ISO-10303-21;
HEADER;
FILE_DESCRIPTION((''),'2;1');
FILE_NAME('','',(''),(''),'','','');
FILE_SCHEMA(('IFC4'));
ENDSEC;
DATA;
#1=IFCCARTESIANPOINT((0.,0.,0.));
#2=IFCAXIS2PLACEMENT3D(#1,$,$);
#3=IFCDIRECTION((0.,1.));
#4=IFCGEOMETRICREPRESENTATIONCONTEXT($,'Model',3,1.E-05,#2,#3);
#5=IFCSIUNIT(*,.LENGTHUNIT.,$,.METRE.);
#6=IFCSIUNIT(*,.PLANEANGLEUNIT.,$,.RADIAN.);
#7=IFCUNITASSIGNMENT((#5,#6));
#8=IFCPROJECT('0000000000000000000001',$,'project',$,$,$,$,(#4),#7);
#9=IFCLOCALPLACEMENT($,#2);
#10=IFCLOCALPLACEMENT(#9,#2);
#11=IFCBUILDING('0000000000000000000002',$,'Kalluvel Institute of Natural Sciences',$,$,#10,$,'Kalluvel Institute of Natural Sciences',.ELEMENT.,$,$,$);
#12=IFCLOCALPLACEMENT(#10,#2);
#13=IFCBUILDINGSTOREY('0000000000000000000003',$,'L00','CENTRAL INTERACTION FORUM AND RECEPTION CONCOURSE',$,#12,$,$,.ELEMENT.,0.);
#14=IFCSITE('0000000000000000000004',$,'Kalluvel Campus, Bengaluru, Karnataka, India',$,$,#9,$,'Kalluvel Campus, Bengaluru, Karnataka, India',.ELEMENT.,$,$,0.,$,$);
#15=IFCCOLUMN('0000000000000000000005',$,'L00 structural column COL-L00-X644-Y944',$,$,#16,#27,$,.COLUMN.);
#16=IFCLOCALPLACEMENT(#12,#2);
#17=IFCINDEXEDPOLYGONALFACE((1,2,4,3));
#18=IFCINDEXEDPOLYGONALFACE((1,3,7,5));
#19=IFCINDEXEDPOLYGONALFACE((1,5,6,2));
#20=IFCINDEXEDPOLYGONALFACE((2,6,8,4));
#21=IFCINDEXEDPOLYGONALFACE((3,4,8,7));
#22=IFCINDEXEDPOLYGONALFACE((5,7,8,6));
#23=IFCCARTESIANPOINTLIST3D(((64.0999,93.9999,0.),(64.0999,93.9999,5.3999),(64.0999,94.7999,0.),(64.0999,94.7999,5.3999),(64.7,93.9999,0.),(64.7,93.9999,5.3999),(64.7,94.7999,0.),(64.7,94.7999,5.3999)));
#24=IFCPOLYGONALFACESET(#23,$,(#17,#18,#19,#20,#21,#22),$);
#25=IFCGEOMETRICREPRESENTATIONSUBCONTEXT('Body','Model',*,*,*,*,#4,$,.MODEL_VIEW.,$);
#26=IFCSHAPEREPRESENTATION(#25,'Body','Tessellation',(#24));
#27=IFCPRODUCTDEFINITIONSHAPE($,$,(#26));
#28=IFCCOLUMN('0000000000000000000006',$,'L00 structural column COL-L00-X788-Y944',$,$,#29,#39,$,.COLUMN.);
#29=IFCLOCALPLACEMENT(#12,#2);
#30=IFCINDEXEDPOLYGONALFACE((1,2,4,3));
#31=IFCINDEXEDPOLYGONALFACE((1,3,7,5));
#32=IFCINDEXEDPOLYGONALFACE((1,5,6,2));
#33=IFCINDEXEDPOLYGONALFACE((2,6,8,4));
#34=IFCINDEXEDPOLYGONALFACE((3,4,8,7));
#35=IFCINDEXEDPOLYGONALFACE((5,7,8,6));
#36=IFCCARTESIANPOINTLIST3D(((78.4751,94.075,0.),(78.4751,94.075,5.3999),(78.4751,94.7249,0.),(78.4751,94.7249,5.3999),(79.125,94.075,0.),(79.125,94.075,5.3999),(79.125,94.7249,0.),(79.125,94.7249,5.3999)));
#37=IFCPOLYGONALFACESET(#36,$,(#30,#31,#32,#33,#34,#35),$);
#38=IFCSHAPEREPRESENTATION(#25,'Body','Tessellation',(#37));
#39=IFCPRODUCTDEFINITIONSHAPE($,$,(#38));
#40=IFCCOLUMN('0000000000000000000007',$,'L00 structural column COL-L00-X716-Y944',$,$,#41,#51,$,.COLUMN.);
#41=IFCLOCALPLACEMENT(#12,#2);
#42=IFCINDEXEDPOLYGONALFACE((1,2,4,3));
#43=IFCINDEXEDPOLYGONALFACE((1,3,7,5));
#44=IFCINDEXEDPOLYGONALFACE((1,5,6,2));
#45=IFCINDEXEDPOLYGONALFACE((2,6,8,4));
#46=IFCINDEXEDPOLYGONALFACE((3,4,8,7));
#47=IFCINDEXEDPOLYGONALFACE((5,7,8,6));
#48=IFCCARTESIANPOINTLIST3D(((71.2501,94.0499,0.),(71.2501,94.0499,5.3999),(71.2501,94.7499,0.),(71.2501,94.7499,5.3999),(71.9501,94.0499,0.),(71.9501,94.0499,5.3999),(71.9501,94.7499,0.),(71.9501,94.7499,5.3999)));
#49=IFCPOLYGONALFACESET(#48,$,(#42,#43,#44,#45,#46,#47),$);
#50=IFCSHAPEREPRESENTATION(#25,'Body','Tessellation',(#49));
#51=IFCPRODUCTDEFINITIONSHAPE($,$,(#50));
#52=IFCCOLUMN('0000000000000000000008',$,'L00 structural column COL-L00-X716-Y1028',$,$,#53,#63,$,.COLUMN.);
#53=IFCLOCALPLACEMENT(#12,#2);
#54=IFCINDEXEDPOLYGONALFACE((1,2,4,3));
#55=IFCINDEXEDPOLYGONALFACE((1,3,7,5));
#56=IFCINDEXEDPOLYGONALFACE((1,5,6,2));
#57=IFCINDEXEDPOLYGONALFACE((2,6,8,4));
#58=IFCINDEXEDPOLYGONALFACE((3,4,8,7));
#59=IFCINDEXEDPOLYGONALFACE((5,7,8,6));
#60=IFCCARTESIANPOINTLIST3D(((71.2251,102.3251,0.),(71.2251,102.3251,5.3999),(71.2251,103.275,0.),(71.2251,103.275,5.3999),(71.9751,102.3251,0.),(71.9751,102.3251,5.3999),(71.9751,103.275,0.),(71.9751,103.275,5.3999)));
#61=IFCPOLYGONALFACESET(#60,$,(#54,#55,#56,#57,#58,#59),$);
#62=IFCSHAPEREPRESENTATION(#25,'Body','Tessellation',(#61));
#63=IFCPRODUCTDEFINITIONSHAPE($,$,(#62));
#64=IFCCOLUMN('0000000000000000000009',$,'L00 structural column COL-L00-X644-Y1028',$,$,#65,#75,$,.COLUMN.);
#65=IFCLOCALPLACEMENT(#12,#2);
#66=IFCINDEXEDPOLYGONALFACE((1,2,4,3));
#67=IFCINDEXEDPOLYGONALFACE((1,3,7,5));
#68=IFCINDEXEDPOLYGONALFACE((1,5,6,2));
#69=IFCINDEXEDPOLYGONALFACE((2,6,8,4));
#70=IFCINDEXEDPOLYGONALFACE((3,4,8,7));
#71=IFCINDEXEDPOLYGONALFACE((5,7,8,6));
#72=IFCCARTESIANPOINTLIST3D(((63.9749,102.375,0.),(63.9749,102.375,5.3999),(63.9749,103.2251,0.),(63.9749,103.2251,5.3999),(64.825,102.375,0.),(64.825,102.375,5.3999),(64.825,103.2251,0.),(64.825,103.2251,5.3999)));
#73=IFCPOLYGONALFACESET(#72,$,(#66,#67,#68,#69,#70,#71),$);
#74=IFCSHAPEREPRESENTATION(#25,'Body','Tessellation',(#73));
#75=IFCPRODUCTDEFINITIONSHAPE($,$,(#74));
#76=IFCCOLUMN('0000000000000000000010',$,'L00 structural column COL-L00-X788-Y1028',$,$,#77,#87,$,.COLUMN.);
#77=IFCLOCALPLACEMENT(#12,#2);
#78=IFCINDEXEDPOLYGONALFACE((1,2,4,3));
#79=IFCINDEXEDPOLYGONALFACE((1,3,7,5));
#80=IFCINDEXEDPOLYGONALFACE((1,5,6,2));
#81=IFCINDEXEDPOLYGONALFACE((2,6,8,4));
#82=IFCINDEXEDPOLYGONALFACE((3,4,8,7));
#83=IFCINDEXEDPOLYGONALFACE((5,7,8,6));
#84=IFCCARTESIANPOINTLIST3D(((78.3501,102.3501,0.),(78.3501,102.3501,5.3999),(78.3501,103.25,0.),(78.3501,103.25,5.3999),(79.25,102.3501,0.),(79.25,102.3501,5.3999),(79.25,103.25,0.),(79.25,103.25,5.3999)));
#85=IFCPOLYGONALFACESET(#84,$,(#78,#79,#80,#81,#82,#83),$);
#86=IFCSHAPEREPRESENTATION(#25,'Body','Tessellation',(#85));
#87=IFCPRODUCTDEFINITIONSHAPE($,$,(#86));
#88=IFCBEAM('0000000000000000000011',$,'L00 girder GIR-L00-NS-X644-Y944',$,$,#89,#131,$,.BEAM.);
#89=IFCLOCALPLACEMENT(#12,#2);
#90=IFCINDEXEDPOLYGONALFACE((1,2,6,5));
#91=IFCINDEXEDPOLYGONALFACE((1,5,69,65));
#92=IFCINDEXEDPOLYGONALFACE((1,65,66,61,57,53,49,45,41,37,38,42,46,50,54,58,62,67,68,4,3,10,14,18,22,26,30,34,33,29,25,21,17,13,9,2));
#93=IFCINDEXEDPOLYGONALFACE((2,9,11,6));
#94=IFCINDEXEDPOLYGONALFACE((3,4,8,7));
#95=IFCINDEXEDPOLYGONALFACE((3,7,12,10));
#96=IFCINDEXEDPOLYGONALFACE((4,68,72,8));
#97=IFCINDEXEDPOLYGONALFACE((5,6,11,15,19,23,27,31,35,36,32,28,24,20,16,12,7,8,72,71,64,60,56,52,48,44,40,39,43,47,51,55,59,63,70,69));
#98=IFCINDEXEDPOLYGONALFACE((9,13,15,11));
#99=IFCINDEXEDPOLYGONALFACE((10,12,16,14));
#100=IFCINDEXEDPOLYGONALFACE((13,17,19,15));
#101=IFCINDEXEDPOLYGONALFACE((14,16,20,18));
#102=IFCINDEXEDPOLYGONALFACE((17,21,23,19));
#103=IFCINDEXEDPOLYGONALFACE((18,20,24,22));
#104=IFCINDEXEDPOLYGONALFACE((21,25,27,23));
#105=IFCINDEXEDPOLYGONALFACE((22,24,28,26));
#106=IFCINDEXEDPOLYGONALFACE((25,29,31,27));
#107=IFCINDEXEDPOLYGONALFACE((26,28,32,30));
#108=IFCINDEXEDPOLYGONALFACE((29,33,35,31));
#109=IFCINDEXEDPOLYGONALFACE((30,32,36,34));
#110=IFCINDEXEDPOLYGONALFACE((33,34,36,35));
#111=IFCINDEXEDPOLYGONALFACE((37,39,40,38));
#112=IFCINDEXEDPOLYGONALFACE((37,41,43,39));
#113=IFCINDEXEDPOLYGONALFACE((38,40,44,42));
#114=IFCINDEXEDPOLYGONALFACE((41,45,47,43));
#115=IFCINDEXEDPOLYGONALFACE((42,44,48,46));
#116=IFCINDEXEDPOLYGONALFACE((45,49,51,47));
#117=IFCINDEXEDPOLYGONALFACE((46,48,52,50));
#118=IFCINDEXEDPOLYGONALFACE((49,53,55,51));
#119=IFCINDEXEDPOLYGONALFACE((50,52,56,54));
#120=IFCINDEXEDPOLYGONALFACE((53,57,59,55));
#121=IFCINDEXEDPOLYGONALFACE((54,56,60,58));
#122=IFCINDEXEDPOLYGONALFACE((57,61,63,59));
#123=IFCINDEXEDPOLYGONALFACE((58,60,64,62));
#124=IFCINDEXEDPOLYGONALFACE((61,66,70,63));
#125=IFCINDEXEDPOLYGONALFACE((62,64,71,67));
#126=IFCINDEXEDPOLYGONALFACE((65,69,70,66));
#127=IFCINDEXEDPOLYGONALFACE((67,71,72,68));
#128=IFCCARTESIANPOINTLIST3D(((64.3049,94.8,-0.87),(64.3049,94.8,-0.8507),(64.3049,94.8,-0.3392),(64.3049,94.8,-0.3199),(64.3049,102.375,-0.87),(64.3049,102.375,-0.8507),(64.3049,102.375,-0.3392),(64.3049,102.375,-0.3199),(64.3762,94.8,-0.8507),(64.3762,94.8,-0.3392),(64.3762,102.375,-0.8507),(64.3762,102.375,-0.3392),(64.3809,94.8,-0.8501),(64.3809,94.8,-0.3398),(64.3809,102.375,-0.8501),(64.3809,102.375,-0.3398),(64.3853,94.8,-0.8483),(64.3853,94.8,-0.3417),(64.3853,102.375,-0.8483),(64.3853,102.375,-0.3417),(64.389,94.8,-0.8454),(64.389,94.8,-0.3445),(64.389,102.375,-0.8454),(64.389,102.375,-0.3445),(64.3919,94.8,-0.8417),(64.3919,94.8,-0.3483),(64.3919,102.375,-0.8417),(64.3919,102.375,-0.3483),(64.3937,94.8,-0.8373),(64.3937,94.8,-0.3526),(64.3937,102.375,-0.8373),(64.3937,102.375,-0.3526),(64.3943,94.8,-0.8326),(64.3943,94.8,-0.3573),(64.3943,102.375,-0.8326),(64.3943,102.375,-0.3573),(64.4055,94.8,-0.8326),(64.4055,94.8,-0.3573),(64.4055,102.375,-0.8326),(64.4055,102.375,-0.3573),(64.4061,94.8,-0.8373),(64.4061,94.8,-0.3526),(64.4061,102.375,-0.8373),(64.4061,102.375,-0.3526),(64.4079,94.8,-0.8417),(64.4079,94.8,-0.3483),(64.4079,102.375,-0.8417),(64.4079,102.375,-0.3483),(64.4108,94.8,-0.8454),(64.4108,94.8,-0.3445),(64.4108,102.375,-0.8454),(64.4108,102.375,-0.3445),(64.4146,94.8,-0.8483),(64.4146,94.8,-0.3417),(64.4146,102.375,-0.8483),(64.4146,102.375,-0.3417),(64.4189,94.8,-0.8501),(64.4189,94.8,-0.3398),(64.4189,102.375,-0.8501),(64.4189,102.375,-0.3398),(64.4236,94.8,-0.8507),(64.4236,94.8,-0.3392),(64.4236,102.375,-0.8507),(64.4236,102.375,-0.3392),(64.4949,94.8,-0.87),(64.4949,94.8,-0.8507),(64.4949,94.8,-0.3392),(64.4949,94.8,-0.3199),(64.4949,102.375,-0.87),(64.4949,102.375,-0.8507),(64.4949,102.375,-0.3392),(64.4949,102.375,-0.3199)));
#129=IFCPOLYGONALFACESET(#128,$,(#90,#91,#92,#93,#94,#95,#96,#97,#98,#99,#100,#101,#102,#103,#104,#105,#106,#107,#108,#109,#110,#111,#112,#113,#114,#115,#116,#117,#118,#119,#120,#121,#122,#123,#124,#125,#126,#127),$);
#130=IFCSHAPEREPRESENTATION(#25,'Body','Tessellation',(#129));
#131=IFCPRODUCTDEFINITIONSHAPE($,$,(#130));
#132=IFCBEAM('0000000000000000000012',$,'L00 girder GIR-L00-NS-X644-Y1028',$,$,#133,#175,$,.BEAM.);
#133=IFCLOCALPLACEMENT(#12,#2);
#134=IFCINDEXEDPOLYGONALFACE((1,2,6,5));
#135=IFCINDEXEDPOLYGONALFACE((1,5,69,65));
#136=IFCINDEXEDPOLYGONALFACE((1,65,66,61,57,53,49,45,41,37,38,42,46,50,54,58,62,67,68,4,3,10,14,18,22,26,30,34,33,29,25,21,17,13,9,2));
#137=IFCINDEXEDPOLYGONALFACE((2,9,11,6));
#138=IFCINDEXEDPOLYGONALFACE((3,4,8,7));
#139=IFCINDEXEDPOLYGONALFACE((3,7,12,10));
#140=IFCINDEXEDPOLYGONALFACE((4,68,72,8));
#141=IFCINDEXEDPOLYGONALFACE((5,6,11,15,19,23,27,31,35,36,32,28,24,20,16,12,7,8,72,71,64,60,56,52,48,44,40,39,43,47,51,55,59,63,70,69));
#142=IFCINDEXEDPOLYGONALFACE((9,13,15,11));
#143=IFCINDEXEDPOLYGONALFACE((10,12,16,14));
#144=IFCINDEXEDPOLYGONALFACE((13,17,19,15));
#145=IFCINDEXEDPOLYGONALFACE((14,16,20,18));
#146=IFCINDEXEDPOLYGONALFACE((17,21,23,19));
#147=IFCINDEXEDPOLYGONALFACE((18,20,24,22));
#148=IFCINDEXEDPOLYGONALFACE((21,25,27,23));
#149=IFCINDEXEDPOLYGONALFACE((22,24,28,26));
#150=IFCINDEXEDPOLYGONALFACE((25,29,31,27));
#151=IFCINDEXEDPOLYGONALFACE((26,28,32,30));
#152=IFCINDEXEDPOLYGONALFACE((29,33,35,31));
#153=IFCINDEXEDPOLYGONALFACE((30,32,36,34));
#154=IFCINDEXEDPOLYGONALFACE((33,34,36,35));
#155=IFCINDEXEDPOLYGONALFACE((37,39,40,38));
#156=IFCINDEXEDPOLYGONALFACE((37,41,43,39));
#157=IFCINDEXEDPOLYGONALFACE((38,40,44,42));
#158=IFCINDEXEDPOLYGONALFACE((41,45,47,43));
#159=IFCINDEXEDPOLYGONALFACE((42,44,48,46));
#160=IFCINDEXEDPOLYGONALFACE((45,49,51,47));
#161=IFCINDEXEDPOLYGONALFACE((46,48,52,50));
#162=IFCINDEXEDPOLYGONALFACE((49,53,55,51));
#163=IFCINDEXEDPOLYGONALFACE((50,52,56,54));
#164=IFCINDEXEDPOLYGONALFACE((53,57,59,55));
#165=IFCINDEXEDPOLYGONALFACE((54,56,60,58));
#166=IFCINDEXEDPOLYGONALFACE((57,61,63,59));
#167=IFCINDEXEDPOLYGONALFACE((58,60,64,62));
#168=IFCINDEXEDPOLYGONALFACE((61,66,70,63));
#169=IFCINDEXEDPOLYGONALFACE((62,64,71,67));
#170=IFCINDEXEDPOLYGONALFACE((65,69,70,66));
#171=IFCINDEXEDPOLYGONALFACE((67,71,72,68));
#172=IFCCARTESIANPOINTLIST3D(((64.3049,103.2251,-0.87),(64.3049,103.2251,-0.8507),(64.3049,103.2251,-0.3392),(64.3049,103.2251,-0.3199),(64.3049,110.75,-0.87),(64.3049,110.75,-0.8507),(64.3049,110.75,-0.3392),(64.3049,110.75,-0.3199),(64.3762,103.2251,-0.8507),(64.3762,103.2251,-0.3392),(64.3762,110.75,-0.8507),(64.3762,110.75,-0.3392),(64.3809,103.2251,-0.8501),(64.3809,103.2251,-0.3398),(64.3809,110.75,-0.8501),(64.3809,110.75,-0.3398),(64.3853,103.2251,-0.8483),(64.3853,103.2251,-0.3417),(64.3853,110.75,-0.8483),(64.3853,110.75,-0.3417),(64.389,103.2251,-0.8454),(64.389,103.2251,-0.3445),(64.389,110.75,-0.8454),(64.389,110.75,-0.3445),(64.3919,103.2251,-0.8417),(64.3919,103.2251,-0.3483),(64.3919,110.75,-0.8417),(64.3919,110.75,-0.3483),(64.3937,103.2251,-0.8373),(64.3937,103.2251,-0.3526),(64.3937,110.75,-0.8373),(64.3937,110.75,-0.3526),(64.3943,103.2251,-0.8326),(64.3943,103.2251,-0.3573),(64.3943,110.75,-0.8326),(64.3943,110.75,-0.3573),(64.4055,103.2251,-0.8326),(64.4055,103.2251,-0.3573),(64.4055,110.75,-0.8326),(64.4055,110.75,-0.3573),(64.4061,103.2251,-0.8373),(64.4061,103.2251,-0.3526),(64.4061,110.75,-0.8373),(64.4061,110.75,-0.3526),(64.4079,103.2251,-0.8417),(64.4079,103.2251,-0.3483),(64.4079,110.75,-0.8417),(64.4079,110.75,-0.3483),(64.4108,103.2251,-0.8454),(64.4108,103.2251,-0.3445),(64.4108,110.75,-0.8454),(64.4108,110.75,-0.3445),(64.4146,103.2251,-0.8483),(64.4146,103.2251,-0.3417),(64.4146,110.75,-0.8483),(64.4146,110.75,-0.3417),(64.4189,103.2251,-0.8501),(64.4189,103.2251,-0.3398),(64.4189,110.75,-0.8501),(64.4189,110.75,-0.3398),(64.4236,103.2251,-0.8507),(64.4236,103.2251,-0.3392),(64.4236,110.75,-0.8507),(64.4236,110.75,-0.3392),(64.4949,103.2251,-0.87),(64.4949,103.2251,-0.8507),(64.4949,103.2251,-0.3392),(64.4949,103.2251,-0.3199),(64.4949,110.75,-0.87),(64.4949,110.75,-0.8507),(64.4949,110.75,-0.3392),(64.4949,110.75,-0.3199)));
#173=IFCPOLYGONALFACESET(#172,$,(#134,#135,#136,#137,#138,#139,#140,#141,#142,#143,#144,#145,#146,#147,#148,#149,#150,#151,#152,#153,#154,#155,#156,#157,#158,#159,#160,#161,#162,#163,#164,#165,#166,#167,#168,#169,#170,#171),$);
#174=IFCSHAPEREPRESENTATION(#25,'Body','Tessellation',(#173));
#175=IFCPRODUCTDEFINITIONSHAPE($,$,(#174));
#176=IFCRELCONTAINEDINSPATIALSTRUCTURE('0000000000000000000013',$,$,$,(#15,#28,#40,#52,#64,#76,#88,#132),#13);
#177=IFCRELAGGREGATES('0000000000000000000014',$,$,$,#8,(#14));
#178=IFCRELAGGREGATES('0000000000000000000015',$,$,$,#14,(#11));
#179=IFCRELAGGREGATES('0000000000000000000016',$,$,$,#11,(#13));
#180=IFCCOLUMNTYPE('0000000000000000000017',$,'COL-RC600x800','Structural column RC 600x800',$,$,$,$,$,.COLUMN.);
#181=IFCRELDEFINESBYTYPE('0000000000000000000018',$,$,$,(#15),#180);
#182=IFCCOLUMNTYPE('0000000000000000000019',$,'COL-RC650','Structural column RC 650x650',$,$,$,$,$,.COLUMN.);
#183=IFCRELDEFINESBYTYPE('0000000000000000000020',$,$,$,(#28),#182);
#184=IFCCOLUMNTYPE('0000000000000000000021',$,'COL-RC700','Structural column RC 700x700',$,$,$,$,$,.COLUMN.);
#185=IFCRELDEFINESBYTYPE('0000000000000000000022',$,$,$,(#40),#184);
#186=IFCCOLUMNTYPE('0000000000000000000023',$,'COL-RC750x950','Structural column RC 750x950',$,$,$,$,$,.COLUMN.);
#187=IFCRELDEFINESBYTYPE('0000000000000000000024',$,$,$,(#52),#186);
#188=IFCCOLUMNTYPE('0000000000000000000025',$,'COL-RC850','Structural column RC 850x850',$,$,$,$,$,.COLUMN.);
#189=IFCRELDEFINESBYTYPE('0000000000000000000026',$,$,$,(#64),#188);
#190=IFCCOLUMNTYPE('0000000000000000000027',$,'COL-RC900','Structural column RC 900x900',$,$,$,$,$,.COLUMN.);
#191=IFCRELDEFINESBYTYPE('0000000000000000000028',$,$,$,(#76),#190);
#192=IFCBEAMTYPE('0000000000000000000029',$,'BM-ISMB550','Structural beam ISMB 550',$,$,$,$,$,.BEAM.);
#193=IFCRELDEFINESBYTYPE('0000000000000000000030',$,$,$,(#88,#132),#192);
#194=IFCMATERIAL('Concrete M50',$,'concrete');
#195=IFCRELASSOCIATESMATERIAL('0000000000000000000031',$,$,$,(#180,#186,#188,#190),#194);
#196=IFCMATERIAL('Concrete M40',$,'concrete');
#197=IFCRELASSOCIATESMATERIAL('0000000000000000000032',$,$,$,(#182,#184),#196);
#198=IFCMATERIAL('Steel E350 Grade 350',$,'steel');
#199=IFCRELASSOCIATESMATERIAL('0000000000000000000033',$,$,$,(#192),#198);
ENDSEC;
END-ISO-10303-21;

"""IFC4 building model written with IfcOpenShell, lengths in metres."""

from ifc_helpers import new_model, si_unit, direction, frame, origin, origin_2d, place, context, subcontext, project, spatial, rectangle, i_section, extrude, material, material_profile, profile_set, type_object, element, save


model = new_model("IFC4")

# Units and contexts
model_context = context("Model", 3, precision=1e-05, world=origin(), true_north=direction((0.0, 1.0)))
body_context = subcontext(model_context, "Body", "Model", "MODEL_VIEW")
ifc_project = project(units=[si_unit("LENGTHUNIT", "METRE"), si_unit("PLANEANGLEUNIT", "RADIAN")], contexts=[model_context])

# Site, building, storey
site_placement = place(None, origin())
site = spatial("IfcSite", under=ifc_project, at=site_placement, Name="Kalluvel Campus, Bengaluru, Karnataka, India", LongName="Kalluvel Campus, Bengaluru, Karnataka, India", CompositionType="ELEMENT", RefElevation=0.0)
building_placement = place(site_placement, origin())
building = spatial("IfcBuilding", under=site, at=building_placement, Name="Kalluvel Institute of Natural Sciences", LongName="Kalluvel Institute of Natural Sciences", CompositionType="ELEMENT")
storey_placement = place(building_placement, origin())
storey = spatial("IfcBuildingStorey", under=building, at=storey_placement, Name="L00", Description="CENTRAL INTERACTION FORUM AND RECEPTION CONCOURSE", CompositionType="ELEMENT", Elevation=0.0)

# Columns
ifc_material_1 = material(Name="Concrete M50", Category="concrete")
ifc_material_profile_1 = material_profile(ifc_material_1, rectangle(XDim=0.6001, YDim=0.8, at=origin_2d()), Name="RC 600x800")
ifc_profile_set_1 = profile_set([ifc_material_profile_1], Name="Concrete M50")
column_type_1 = type_object("IfcColumnType", Name="COL-RC600x800", Description="Structural column RC 600x800", PredefinedType="COLUMN", material=ifc_profile_set_1)
column_1_placement = place(storey_placement, frame((64.3999, 94.3999, 0.0), z_axis=(0.0, 0.0, 1.0), x_axis=(1.0, 0.0, 0.0)))
element("IfcColumn", 1, at=column_1_placement, inside=storey, type_object=column_type_1, Name="L00 structural column COL-L00-X644-Y944", PredefinedType="COLUMN", context=body_context, shape_type="SweptSolid", body=[
    extrude(rectangle(XDim=0.6001, YDim=0.8, at=origin_2d()), origin(), (0.0, 0.0, 1.0), 5.3999),
])
ifc_material_2 = material(Name="Concrete M40", Category="concrete")
ifc_material_profile_2 = material_profile(ifc_material_2, rectangle(XDim=0.6499, YDim=0.6499, at=origin_2d()), Name="RC 650x650")
ifc_profile_set_2 = profile_set([ifc_material_profile_2], Name="Concrete M40")
column_type_2 = type_object("IfcColumnType", Name="COL-RC650", Description="Structural column RC 650x650", PredefinedType="COLUMN", material=ifc_profile_set_2)
column_2_placement = place(storey_placement, frame((78.8, 94.3999, 0.0), z_axis=(0.0, 0.0, 1.0), x_axis=(1.0, 0.0, 0.0)))
element("IfcColumn", 2, at=column_2_placement, inside=storey, type_object=column_type_2, Name="L00 structural column COL-L00-X788-Y944", PredefinedType="COLUMN", context=body_context, shape_type="SweptSolid", body=[
    extrude(rectangle(XDim=0.6499, YDim=0.6499, at=origin_2d()), origin(), (0.0, 0.0, 1.0), 5.3999),
])
ifc_material_profile_3 = material_profile(ifc_material_2, rectangle(XDim=0.7, YDim=0.7, at=origin_2d()), Name="RC 700x700")
ifc_profile_set_3 = profile_set([ifc_material_profile_3], Name="Concrete M40")
column_type_3 = type_object("IfcColumnType", Name="COL-RC700", Description="Structural column RC 700x700", PredefinedType="COLUMN", material=ifc_profile_set_3)
column_3_placement = place(storey_placement, frame((71.6001, 94.3999, 0.0), z_axis=(0.0, 0.0, 1.0), x_axis=(1.0, 0.0, 0.0)))
element("IfcColumn", 3, at=column_3_placement, inside=storey, type_object=column_type_3, Name="L00 structural column COL-L00-X716-Y944", PredefinedType="COLUMN", context=body_context, shape_type="SweptSolid", body=[
    extrude(rectangle(XDim=0.7, YDim=0.7, at=origin_2d()), origin(), (0.0, 0.0, 1.0), 5.3999),
])
ifc_material_profile_4 = material_profile(ifc_material_1, rectangle(XDim=0.75, YDim=0.95, at=origin_2d()), Name="RC 750x950")
ifc_profile_set_4 = profile_set([ifc_material_profile_4], Name="Concrete M50")
column_type_4 = type_object("IfcColumnType", Name="COL-RC750x950", Description="Structural column RC 750x950", PredefinedType="COLUMN", material=ifc_profile_set_4)
column_4_placement = place(storey_placement, frame((71.6001, 102.8, 0.0), z_axis=(0.0, 0.0, 1.0), x_axis=(1.0, 0.0, 0.0)))
element("IfcColumn", 4, at=column_4_placement, inside=storey, type_object=column_type_4, Name="L00 structural column COL-L00-X716-Y1028", PredefinedType="COLUMN", context=body_context, shape_type="SweptSolid", body=[
    extrude(rectangle(XDim=0.75, YDim=0.95, at=origin_2d()), origin(), (0.0, 0.0, 1.0), 5.3999),
])
ifc_material_profile_5 = material_profile(ifc_material_1, rectangle(XDim=0.8501, YDim=0.8501, at=origin_2d()), Name="RC 850x850")
ifc_profile_set_5 = profile_set([ifc_material_profile_5], Name="Concrete M50")
column_type_5 = type_object("IfcColumnType", Name="COL-RC850", Description="Structural column RC 850x850", PredefinedType="COLUMN", material=ifc_profile_set_5)
column_5_placement = place(storey_placement, frame((64.3999, 102.8, 0.0), z_axis=(0.0, 0.0, 1.0), x_axis=(1.0, 0.0, 0.0)))
element("IfcColumn", 5, at=column_5_placement, inside=storey, type_object=column_type_5, Name="L00 structural column COL-L00-X644-Y1028", PredefinedType="COLUMN", context=body_context, shape_type="SweptSolid", body=[
    extrude(rectangle(XDim=0.8501, YDim=0.8501, at=origin_2d()), origin(), (0.0, 0.0, 1.0), 5.3999),
])
ifc_material_profile_6 = material_profile(ifc_material_1, rectangle(XDim=0.8999, YDim=0.8999, at=origin_2d()), Name="RC 900x900")
ifc_profile_set_6 = profile_set([ifc_material_profile_6], Name="Concrete M50")
column_type_6 = type_object("IfcColumnType", Name="COL-RC900", Description="Structural column RC 900x900", PredefinedType="COLUMN", material=ifc_profile_set_6)
column_6_placement = place(storey_placement, frame((78.8, 102.8, 0.0), z_axis=(0.0, 0.0, 1.0), x_axis=(1.0, 0.0, 0.0)))
element("IfcColumn", 6, at=column_6_placement, inside=storey, type_object=column_type_6, Name="L00 structural column COL-L00-X788-Y1028", PredefinedType="COLUMN", context=body_context, shape_type="SweptSolid", body=[
    extrude(rectangle(XDim=0.8999, YDim=0.8999, at=origin_2d()), origin(), (0.0, 0.0, 1.0), 5.3999),
])

# Beams
ifc_material_3 = material(Name="Steel E350 Grade 350", Category="steel")
ifc_material_profile_7 = material_profile(ifc_material_3, i_section(OverallWidth=0.1899, OverallDepth=0.55, WebThickness=0.0112, FlangeThickness=0.0193, FilletRadius=0.0181, at=origin_2d()), Name="ISMB 550")
ifc_profile_set_7 = profile_set([ifc_material_profile_7], Name="Steel E350 Grade 350")
beam_type_1 = type_object("IfcBeamType", Name="BM-ISMB550", Description="Structural beam ISMB 550", PredefinedType="BEAM", material=ifc_profile_set_7)
beam_1_placement = place(storey_placement, frame((64.3999, 94.8, -0.595), z_axis=(0.0, 1.0, 0.0), x_axis=(-1.0, 0.0, 0.0)))
element("IfcBeam", 7, at=beam_1_placement, inside=storey, type_object=beam_type_1, Name="L00 girder GIR-L00-NS-X644-Y944", PredefinedType="BEAM", context=body_context, shape_type="SweptSolid", body=[
    extrude(i_section(OverallWidth=0.1899, OverallDepth=0.55, WebThickness=0.0112, FlangeThickness=0.0193, FilletRadius=0.0181, at=origin_2d()), origin(), (0.0, 0.0, 1.0), 7.575),
])
beam_2_placement = place(storey_placement, frame((64.3999, 103.2251, -0.595), z_axis=(0.0, 1.0, 0.0), x_axis=(-1.0, 0.0, 0.0)))
element("IfcBeam", 8, at=beam_2_placement, inside=storey, type_object=beam_type_1, Name="L00 girder GIR-L00-NS-X644-Y1028", PredefinedType="BEAM", context=body_context, shape_type="SweptSolid", body=[
    extrude(i_section(OverallWidth=0.1899, OverallDepth=0.55, WebThickness=0.0112, FlangeThickness=0.0193, FilletRadius=0.0181, at=origin_2d()), origin(), (0.0, 0.0, 1.0), 7.5249),
])

save(model, "model.ifc")
